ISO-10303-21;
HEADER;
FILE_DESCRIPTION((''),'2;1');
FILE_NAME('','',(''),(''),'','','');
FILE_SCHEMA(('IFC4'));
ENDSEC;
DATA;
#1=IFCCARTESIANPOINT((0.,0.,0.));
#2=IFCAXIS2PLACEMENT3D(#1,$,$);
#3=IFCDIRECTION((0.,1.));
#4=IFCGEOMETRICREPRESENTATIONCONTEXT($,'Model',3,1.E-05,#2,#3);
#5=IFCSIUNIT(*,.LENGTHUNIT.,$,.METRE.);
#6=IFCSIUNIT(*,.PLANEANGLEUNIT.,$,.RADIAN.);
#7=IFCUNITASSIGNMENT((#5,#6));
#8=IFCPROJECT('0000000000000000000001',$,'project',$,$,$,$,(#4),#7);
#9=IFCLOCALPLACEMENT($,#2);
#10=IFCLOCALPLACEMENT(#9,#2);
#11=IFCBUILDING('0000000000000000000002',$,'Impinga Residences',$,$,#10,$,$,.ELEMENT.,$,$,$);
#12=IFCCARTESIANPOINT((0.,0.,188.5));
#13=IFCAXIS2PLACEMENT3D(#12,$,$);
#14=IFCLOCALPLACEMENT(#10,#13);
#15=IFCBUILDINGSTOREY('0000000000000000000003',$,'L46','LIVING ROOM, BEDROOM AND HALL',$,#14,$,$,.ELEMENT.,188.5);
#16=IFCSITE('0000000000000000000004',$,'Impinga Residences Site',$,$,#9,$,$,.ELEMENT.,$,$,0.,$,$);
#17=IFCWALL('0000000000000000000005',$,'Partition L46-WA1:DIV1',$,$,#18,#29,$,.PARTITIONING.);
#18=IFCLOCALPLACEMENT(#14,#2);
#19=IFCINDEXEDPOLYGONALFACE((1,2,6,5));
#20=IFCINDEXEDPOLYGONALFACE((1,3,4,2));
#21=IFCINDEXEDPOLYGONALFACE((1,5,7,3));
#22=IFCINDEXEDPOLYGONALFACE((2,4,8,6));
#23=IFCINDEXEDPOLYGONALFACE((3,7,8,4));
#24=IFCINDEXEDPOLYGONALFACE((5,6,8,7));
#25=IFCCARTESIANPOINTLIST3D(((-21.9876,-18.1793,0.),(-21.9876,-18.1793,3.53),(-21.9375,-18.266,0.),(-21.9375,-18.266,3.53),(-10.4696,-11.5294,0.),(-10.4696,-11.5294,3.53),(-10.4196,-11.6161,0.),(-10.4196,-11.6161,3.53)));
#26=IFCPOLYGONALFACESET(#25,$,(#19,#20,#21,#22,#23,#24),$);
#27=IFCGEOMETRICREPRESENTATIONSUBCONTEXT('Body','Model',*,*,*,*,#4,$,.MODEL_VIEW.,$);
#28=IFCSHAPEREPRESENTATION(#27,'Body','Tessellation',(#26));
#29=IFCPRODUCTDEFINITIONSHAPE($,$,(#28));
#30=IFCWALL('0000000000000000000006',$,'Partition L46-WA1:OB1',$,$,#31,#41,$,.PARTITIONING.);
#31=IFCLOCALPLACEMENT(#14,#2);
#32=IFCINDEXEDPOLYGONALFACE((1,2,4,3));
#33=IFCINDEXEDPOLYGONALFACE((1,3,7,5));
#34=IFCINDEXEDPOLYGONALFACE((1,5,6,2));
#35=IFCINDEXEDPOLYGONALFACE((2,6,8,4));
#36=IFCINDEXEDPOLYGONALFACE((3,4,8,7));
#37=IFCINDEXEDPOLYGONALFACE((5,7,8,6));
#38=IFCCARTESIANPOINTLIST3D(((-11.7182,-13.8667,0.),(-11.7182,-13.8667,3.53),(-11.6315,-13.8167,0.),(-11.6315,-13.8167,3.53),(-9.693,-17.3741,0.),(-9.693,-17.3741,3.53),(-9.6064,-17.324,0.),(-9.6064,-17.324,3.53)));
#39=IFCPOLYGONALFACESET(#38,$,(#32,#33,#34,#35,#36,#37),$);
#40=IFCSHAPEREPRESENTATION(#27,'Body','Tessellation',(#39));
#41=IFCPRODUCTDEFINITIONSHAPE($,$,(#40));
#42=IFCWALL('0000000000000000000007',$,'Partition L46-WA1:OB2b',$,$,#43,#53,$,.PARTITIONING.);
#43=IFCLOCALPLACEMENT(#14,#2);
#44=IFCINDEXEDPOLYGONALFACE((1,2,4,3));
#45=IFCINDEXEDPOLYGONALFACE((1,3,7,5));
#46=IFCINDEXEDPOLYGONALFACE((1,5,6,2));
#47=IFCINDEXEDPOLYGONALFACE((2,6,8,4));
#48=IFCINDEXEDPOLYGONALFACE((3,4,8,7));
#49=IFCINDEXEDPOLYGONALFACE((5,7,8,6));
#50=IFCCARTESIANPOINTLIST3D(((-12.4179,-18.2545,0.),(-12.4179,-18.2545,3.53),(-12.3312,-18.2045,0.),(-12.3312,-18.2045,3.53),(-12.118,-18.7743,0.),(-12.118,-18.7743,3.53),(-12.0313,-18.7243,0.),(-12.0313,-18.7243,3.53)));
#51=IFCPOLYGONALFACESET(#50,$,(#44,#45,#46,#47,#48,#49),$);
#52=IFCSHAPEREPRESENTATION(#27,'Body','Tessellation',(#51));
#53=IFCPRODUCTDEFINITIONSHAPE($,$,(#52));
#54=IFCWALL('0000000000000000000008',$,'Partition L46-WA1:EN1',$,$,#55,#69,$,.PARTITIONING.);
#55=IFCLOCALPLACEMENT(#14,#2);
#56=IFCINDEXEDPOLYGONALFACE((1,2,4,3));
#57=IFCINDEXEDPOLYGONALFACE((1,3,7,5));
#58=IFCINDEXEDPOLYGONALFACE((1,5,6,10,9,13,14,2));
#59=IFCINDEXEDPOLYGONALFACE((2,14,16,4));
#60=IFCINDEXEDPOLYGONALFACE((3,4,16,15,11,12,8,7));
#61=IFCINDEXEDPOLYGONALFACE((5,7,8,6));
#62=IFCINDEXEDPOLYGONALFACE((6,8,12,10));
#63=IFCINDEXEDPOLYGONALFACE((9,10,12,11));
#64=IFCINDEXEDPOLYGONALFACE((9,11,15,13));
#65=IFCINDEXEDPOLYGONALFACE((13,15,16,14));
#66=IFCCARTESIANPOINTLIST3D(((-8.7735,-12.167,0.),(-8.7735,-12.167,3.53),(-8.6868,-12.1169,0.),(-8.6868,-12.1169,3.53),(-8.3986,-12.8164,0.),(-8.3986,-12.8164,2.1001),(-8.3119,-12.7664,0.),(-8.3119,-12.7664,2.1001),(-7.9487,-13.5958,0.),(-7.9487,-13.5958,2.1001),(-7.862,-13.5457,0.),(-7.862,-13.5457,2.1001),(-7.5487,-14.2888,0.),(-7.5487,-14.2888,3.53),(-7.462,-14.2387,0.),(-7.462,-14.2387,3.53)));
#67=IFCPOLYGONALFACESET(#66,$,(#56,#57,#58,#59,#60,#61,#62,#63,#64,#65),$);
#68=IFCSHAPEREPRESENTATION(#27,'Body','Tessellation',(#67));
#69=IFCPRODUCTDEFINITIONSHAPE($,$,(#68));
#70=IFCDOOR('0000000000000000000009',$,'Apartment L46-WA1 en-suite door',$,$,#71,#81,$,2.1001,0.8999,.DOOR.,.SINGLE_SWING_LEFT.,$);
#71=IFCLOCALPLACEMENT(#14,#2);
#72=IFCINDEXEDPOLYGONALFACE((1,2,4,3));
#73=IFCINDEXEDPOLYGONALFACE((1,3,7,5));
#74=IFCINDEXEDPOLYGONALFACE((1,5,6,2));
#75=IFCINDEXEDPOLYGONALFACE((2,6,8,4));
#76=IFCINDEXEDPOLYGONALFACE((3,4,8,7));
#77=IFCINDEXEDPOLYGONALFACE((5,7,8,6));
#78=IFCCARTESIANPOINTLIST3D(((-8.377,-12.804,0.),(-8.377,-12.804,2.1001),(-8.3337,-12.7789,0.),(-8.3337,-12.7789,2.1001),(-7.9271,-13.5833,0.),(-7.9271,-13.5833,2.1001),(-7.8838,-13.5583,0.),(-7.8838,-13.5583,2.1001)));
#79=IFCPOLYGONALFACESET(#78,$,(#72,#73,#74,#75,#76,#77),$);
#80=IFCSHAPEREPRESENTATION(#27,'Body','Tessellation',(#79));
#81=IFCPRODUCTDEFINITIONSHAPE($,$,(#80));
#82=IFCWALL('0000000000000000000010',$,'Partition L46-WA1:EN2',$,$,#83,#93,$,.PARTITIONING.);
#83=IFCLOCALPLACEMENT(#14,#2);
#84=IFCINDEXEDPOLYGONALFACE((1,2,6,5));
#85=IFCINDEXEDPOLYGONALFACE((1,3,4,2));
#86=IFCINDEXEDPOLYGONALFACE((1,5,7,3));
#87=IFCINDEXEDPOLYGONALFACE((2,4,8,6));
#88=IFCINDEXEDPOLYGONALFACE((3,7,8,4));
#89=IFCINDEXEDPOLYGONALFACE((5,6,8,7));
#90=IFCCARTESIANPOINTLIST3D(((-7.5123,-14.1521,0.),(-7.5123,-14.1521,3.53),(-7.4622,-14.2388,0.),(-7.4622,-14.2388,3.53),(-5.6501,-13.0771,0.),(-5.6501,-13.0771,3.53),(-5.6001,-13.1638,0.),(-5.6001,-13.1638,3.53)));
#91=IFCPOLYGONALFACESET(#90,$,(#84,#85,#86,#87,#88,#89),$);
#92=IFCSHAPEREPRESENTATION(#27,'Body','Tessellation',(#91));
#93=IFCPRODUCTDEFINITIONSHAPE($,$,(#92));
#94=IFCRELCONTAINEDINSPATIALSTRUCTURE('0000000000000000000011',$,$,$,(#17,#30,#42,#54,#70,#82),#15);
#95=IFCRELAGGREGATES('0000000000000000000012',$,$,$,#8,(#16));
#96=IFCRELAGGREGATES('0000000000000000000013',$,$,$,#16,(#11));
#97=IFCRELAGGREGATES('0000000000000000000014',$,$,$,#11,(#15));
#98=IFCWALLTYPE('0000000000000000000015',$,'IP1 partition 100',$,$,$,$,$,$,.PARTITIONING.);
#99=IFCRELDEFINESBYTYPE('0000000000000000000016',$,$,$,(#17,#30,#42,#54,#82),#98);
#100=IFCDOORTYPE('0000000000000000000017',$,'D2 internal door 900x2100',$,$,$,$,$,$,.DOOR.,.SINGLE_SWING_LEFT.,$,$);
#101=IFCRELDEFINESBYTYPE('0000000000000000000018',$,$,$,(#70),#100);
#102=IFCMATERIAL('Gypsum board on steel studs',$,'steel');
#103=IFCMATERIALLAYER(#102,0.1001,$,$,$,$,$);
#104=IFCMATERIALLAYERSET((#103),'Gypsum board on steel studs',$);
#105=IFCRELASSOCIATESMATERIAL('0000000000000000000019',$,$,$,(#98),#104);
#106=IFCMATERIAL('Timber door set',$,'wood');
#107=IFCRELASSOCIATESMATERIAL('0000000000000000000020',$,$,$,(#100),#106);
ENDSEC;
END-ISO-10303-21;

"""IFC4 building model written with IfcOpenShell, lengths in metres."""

from ifc_helpers import new_model, si_unit, direction, frame, frame_2d, origin, place, context, subcontext, project, spatial, rectangle, extrude, material, layer, layer_set, type_object, element, fill, save


model = new_model("IFC4")

# Units and contexts
model_context = context("Model", 3, precision=1e-05, world=origin(), true_north=direction((0.0, 1.0)))
body_context = subcontext(model_context, "Body", "Model", "MODEL_VIEW")
ifc_project = project(units=[si_unit("LENGTHUNIT", "METRE"), si_unit("PLANEANGLEUNIT", "RADIAN")], contexts=[model_context])

# Site, building, storey
site_placement = place(None, origin())
site = spatial("IfcSite", under=ifc_project, at=site_placement, Name="Impinga Residences Site", CompositionType="ELEMENT", RefElevation=0.0)
building_placement = place(site_placement, origin())
building = spatial("IfcBuilding", under=site, at=building_placement, Name="Impinga Residences", CompositionType="ELEMENT")
storey_placement = place(building_placement, frame((0.0, 0.0, 188.5)))
storey = spatial("IfcBuildingStorey", under=building, at=storey_placement, Name="L46", Description="LIVING ROOM, BEDROOM AND HALL", CompositionType="ELEMENT", Elevation=188.5)

# Walls
ifc_material_1 = material(Name="Gypsum board on steel studs", Category="steel")
ifc_layer_1 = layer(ifc_material_1, 0.1001)
ifc_layer_set_1 = layer_set([ifc_layer_1], Name="Gypsum board on steel studs")
wall_type_1 = type_object("IfcWallType", Name="IP1 partition 100", PredefinedType="PARTITIONING", material=ifc_layer_set_1)
wall_1_placement = place(storey_placement, frame((-10.4446, -11.5728, 0.0), z_axis=(0.0, 0.0, 1.0), x_axis=(-0.866027, -0.499997, 0.0)))
element("IfcWall", 1, at=wall_1_placement, inside=storey, type_object=wall_type_1, Name="Partition L46-WA1:DIV1", PredefinedType="PARTITIONING", context=body_context, shape_type="SweptSolid", body=[
    extrude(rectangle(XDim=13.2998, YDim=0.1001, at=frame_2d((6.6499, 0.0))), origin(), (0.0, 0.0, 1.0), 3.53),
])
wall_2_placement = place(storey_placement, frame((-11.6748, -13.8418, 0.0), z_axis=(0.0, 0.0, 1.0), x_axis=(0.500036, -0.866005, 0.0)))
element("IfcWall", 2, at=wall_2_placement, inside=storey, type_object=wall_type_1, Name="Partition L46-WA1:OB1", PredefinedType="PARTITIONING", context=body_context, shape_type="SweptSolid", body=[
    extrude(rectangle(XDim=4.05, YDim=0.1001, at=frame_2d((2.0249, 0.0))), origin(), (0.0, 0.0, 1.0), 3.53),
])
wall_3_placement = place(storey_placement, frame((-12.3745, -18.2295, 0.0), z_axis=(0.0, 0.0, 1.0), x_axis=(0.49964, -0.866233, 0.0)))
element("IfcWall", 3, at=wall_3_placement, inside=storey, type_object=wall_type_1, Name="Partition L46-WA1:OB2b", PredefinedType="PARTITIONING", context=body_context, shape_type="SweptSolid", body=[
    extrude(rectangle(XDim=0.6001, YDim=0.1001, at=frame_2d((0.3, 0.0))), origin(), (0.0, 0.0, 1.0), 3.53),
])

# Wall, opening, door
wall_4_placement = place(storey_placement, frame((-8.7302, -12.1418, 0.0), z_axis=(0.0, 0.0, 1.0), x_axis=(0.499944, -0.866058, 0.0)))
wall_4 = element("IfcWall", 4, at=wall_4_placement, inside=storey, type_object=wall_type_1, Name="Partition L46-WA1:EN1", PredefinedType="PARTITIONING", context=body_context, shape_type="SweptSolid", body=[
    extrude(rectangle(XDim=2.45, YDim=0.1001, at=frame_2d((1.2251, 0.0))), origin(), (0.0, 0.0, 1.0), 3.53),
])
opening_1_placement = place(wall_4_placement, frame((0.75, 0.0, 0.0)))
opening_1 = element("IfcOpeningElement", 5, at=opening_1_placement, cuts=wall_4, PredefinedType="OPENING", context=body_context, shape_type="SweptSolid", body=[
    extrude(rectangle(XDim=0.8999, YDim=2.1001, at=frame_2d((0.45, 1.05))), frame((0.0, 0.0601, 0.0), z_axis=(0.0, -1.0, 0.0), x_axis=(1.0, 0.0, 0.0)), (0.0, 0.0, 1.0), 0.1201),
])
ifc_material_2 = material(Name="Timber door set", Category="wood")
door_type = type_object("IfcDoorType", Name="D2 internal door 900x2100", OperationType="SINGLE_SWING_LEFT", PredefinedType="DOOR", material=ifc_material_2)
door_placement = place(opening_1_placement, origin())
door = element("IfcDoor", 6, at=door_placement, inside=storey, type_object=door_type, Name="Apartment L46-WA1 en-suite door", OperationType="SINGLE_SWING_LEFT", OverallHeight=2.1001, OverallWidth=0.8999, PredefinedType="DOOR", context=body_context, shape_type="SweptSolid", body=[
    extrude(rectangle(XDim=0.8999, YDim=2.1001, at=frame_2d((0.45, 1.05))), frame((0.0, 0.0249, 0.0), z_axis=(0.0, -1.0, 0.0), x_axis=(1.0, 0.0, 0.0)), (0.0, 0.0, 1.0), 0.05),
])
fill(opening_1, door)

# Wall
wall_5_placement = place(storey_placement, frame((-5.625, -13.1204, 0.0), z_axis=(0.0, 0.0, 1.0), x_axis=(-0.866048, -0.499962, 0.0)))
element("IfcWall", 7, at=wall_5_placement, inside=storey, type_object=wall_type_1, Name="Partition L46-WA1:EN2", PredefinedType="PARTITIONING", context=body_context, shape_type="SweptSolid", body=[
    extrude(rectangle(XDim=2.1501, YDim=0.1001, at=frame_2d((1.0752, 0.0))), origin(), (0.0, 0.0, 1.0), 3.53),
])

save(model, "model.ifc")
